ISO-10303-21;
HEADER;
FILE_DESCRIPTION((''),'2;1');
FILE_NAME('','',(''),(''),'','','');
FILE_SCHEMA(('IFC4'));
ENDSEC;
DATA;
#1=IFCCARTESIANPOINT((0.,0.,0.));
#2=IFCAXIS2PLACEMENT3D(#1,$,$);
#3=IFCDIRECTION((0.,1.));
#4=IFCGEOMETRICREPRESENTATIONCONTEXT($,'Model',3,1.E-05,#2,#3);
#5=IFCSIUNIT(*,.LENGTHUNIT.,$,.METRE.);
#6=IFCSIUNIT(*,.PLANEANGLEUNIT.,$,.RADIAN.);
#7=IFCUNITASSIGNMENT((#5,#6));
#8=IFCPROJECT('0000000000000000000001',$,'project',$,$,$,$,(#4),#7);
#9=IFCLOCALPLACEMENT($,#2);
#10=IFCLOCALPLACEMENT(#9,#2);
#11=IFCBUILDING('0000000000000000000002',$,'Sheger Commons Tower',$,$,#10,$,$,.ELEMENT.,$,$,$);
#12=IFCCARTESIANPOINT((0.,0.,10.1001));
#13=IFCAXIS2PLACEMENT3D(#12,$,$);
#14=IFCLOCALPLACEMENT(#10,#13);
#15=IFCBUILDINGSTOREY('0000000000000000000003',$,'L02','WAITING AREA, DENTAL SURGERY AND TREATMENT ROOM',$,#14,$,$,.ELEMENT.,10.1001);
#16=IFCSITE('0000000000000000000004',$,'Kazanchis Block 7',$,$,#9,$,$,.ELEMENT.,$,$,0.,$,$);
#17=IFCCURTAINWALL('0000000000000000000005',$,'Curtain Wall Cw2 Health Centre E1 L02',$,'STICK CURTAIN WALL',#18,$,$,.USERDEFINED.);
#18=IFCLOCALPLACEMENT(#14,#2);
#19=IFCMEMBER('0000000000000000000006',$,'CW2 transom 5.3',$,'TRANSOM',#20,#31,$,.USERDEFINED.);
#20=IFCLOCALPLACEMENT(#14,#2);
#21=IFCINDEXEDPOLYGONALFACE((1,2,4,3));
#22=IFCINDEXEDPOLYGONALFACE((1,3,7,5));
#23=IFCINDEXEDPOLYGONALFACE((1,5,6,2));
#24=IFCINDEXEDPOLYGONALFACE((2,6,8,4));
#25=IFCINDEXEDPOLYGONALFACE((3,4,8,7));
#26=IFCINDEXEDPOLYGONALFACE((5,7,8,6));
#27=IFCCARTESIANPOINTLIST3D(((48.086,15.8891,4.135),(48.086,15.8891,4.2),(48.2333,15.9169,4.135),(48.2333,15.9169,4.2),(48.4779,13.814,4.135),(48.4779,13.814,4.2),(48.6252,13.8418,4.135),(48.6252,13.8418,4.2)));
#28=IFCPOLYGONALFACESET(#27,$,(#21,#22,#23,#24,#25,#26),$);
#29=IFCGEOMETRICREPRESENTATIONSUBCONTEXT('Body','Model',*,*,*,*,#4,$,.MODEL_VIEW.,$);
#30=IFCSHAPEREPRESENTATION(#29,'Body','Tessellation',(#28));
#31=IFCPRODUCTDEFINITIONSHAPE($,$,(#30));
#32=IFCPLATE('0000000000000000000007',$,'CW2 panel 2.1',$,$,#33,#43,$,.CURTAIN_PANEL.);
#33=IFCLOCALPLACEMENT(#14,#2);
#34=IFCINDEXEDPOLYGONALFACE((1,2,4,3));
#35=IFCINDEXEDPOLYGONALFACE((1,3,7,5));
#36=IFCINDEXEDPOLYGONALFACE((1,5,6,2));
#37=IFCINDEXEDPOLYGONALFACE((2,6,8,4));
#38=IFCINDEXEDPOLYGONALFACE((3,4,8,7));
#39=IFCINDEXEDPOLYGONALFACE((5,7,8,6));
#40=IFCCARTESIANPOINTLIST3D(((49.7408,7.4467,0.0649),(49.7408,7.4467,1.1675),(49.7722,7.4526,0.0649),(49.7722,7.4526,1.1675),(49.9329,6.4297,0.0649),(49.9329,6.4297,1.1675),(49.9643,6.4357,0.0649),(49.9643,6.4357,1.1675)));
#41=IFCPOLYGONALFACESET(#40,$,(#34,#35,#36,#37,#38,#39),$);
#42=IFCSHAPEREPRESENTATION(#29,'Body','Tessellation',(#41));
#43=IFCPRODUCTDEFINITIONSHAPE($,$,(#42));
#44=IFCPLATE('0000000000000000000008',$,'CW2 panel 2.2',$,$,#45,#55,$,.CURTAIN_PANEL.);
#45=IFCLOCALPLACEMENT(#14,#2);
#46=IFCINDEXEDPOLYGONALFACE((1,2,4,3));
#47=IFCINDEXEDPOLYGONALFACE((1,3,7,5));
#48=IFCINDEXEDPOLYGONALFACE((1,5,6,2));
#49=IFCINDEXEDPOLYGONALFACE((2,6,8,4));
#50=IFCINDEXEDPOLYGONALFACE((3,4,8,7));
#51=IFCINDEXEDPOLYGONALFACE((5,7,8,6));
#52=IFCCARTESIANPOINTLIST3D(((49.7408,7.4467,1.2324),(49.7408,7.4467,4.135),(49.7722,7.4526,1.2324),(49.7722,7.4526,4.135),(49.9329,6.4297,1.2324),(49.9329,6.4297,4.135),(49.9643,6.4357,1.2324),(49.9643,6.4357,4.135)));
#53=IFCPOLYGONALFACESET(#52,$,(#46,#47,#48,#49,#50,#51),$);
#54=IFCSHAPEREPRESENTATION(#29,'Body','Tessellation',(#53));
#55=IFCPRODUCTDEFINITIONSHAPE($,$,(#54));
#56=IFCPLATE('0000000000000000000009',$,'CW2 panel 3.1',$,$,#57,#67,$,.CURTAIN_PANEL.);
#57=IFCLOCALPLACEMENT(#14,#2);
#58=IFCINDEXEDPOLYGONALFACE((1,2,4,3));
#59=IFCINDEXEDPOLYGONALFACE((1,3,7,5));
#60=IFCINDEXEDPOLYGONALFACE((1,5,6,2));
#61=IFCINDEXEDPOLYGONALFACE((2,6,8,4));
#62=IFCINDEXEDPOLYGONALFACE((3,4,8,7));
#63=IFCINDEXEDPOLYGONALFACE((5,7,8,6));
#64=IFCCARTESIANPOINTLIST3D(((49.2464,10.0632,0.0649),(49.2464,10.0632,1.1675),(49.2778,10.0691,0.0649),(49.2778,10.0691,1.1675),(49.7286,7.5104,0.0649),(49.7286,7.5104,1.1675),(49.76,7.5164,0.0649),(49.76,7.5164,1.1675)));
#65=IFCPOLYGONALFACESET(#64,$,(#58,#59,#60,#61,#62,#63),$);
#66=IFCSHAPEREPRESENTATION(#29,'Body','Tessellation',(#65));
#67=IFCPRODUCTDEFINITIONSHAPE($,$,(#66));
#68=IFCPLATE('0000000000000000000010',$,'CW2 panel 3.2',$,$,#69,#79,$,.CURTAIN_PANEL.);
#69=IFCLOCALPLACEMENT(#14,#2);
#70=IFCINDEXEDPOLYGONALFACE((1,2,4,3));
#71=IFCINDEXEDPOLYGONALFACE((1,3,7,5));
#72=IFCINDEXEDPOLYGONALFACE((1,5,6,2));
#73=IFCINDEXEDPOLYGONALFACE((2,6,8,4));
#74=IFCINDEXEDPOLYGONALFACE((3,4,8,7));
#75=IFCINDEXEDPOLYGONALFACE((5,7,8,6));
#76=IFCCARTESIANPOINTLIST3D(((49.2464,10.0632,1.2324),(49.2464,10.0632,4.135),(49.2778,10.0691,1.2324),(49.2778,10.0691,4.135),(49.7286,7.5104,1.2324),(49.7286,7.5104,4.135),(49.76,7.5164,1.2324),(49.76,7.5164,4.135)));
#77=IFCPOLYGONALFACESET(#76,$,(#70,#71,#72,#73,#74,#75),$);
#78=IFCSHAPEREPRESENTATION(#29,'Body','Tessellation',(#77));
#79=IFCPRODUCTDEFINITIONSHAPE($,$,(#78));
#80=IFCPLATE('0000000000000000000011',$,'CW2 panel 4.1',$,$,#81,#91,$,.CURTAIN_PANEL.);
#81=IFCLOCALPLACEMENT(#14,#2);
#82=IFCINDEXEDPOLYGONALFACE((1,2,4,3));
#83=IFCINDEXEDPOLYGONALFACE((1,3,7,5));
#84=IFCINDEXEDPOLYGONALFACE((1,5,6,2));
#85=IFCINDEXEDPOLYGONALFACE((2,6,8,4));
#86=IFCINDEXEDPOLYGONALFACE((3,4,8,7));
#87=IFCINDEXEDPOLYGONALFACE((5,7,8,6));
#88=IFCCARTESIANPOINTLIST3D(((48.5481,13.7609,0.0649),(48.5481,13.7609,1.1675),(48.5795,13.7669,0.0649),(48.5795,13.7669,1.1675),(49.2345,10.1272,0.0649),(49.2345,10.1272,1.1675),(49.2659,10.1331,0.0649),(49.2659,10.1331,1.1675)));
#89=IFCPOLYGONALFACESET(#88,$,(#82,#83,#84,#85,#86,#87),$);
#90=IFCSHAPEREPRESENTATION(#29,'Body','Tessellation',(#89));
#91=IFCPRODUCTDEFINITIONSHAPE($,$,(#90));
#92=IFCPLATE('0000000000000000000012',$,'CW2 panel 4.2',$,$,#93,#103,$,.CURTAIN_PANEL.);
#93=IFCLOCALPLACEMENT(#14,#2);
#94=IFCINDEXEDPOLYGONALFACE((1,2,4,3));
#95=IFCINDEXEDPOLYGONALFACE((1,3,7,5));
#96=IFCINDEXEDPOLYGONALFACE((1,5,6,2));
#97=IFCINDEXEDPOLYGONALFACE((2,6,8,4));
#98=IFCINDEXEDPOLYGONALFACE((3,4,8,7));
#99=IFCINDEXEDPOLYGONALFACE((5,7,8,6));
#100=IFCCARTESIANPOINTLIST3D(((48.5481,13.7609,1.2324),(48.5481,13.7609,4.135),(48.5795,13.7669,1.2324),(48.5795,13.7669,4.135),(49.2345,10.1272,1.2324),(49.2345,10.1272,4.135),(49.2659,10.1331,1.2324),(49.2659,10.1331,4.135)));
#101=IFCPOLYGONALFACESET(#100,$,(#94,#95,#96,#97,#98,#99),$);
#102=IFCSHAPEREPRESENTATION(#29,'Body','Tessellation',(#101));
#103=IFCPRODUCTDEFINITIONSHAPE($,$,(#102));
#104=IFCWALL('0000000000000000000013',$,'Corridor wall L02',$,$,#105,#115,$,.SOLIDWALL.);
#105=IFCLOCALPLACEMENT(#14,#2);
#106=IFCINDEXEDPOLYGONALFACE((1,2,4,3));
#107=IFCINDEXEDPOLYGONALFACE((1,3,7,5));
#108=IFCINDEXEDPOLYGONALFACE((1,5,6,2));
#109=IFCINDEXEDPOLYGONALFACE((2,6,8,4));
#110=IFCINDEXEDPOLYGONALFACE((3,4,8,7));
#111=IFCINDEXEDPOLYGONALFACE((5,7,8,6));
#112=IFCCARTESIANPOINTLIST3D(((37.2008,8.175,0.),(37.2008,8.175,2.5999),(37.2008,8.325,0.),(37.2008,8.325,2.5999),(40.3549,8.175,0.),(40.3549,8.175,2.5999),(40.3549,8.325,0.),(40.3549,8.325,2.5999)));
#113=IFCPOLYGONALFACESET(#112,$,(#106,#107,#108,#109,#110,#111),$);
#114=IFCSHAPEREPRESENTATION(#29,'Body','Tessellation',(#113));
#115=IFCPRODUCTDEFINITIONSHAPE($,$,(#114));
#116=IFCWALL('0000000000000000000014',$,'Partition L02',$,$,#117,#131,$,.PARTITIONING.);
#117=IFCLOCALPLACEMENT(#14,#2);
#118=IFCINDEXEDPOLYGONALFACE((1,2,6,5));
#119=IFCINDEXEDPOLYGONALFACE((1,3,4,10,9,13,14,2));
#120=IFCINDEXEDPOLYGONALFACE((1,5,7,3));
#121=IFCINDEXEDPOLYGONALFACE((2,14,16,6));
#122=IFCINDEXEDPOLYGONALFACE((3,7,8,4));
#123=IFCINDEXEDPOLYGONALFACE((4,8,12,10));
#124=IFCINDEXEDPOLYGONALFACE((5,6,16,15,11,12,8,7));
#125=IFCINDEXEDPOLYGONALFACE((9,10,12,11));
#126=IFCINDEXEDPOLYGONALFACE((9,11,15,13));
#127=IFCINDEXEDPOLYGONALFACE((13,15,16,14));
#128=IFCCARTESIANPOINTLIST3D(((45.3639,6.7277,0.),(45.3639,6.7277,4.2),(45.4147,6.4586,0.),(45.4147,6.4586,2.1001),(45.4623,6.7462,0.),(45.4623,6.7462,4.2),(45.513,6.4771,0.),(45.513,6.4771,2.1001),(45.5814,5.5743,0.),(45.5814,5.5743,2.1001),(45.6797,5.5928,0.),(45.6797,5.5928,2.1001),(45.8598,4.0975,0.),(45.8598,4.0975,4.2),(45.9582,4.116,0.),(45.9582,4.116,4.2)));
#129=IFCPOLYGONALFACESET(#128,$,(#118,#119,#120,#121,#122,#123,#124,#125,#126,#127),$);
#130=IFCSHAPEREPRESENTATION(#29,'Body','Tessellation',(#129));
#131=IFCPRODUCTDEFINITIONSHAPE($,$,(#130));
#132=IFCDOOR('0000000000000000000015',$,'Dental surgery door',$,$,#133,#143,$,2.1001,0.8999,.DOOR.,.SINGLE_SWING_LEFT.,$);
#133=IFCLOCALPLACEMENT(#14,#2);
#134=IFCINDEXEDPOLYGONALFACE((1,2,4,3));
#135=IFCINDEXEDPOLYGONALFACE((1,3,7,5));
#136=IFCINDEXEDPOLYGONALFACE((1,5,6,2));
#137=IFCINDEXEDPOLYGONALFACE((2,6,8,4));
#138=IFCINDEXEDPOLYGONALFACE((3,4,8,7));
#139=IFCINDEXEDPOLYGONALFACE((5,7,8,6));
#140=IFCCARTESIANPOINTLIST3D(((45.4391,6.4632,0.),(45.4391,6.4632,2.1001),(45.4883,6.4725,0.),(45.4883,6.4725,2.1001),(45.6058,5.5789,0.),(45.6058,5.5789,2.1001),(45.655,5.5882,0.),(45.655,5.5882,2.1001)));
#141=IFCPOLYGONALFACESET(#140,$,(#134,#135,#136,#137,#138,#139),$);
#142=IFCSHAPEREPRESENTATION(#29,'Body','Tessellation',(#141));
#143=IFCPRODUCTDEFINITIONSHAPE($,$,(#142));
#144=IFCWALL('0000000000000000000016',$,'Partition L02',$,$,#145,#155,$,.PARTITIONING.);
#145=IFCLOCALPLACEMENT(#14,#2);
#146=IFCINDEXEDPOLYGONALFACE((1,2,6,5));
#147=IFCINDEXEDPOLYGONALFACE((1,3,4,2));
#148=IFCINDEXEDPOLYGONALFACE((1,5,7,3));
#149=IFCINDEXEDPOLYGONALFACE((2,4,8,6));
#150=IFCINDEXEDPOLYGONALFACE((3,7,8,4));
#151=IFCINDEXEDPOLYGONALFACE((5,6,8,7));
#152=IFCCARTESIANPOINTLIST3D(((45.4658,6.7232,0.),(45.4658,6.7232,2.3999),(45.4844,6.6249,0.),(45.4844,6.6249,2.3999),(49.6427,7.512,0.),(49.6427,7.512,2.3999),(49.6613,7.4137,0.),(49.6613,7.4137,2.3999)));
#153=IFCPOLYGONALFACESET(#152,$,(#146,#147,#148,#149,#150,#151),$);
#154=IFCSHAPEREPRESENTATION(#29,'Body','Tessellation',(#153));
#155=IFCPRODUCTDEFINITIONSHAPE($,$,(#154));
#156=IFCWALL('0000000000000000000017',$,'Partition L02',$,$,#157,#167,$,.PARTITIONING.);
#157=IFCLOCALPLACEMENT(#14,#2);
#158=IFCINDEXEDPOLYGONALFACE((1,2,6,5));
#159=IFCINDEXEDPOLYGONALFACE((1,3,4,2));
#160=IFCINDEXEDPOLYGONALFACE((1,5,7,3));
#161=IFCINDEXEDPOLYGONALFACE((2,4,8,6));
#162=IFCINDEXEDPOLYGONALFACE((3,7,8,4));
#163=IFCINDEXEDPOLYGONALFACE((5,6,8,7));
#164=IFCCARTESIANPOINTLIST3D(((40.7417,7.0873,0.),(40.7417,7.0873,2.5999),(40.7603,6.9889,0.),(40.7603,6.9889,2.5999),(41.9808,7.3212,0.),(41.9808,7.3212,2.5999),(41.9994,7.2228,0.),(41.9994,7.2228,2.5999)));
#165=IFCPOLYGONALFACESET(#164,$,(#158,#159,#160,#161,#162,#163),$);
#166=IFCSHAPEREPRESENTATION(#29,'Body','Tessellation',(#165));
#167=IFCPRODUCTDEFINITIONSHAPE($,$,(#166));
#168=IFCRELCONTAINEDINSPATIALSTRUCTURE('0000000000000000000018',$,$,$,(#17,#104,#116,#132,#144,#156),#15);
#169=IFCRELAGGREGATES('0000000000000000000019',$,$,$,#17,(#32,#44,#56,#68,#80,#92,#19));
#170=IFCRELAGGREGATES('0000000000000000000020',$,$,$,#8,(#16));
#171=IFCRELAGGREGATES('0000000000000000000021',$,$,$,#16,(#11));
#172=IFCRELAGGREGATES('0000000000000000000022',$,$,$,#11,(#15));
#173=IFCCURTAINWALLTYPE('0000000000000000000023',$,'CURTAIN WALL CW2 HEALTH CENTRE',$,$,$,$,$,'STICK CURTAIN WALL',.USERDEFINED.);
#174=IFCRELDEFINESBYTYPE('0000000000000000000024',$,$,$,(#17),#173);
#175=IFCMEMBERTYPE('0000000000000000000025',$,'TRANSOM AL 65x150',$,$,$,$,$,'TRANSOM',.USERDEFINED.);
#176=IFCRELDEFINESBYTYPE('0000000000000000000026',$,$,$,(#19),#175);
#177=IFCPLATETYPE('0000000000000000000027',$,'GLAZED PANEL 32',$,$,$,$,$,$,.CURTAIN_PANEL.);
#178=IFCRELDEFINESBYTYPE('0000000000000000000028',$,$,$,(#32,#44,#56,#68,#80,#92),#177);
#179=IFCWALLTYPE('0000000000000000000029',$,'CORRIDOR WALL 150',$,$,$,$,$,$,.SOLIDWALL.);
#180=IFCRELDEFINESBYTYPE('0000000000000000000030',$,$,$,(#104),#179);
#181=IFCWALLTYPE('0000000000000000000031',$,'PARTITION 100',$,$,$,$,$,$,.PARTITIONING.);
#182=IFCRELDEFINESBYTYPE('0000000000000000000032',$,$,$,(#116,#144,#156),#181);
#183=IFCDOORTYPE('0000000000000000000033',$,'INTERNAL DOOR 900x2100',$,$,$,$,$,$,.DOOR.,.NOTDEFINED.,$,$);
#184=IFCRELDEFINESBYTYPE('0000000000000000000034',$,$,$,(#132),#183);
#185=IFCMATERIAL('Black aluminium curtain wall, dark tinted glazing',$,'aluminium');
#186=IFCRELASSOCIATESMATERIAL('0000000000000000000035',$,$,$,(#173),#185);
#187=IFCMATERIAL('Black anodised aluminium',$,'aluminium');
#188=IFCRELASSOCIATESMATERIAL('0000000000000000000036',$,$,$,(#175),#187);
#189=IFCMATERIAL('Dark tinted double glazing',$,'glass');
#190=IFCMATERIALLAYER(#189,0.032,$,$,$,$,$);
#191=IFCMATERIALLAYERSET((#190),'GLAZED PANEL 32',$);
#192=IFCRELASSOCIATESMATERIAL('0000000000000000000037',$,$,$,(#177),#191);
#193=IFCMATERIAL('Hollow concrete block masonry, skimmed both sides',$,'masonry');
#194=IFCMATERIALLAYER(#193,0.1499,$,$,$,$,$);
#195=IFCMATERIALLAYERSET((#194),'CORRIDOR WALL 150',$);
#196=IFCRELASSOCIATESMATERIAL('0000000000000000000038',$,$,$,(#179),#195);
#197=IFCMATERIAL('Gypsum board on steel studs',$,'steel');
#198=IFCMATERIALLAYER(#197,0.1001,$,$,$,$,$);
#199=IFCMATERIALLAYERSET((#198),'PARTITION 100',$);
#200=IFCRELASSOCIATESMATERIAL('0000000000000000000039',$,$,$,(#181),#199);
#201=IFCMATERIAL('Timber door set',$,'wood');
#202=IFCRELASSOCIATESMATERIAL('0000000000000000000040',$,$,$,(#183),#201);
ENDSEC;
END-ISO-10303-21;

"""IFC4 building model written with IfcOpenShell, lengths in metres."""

from ifc_helpers import new_model, si_unit, direction, frame, frame_2d, origin, origin_2d, place, context, subcontext, project, spatial, rectangle, extrude, material, layer, layer_set, material_profile, profile_set, type_object, element, fill, aggregate, save


model = new_model("IFC4")

# Units and contexts
model_context = context("Model", 3, precision=1e-05, world=origin(), true_north=direction((0.0, 1.0)))
body_context = subcontext(model_context, "Body", "Model", "MODEL_VIEW")
ifc_project = project(units=[si_unit("LENGTHUNIT", "METRE"), si_unit("PLANEANGLEUNIT", "RADIAN")], contexts=[model_context])

# Site, building, storey
site_placement = place(None, origin())
site = spatial("IfcSite", under=ifc_project, at=site_placement, Name="Kazanchis Block 7", CompositionType="ELEMENT", RefElevation=0.0)
building_placement = place(site_placement, origin())
building = spatial("IfcBuilding", under=site, at=building_placement, Name="Sheger Commons Tower", CompositionType="ELEMENT")
storey_placement = place(building_placement, frame((0.0, 0.0, 10.1001)))
storey = spatial("IfcBuildingStorey", under=building, at=storey_placement, Name="L02", Description="WAITING AREA, DENTAL SURGERY AND TREATMENT ROOM", CompositionType="ELEMENT", Elevation=10.1001)

# Curtain wall, member, plates
ifc_material_1 = material(Name="Black aluminium curtain wall, dark tinted glazing", Category="aluminium")
curtain_wall_type = type_object("IfcCurtainWallType", Name="CURTAIN WALL CW2 HEALTH CENTRE", ElementType="STICK CURTAIN WALL", PredefinedType="USERDEFINED", material=ifc_material_1)
curtain_wall_placement = place(storey_placement, origin())
curtain_wall = element("IfcCurtainWall", 1, at=curtain_wall_placement, inside=storey, type_object=curtain_wall_type, Name="Curtain Wall Cw2 Health Centre E1 L02", ObjectType="STICK CURTAIN WALL", PredefinedType="USERDEFINED")
ifc_material_2 = material(Name="Black anodised aluminium", Category="aluminium")
ifc_material_profile_1 = material_profile(ifc_material_2, rectangle(XDim=0.1499, YDim=0.0649, at=origin_2d()), Name="AL 65x150")
ifc_profile_set_1 = profile_set([ifc_material_profile_1], Name="Black anodised aluminium")
member_type_1 = type_object("IfcMemberType", Name="TRANSOM AL 65x150", ElementType="TRANSOM", PredefinedType="USERDEFINED", material=ifc_profile_set_1)
member_1_placement = place(storey_placement, frame((48.5515, 13.8279, 4.1675), z_axis=(-0.185545, 0.982636, 0.0), x_axis=(-0.982636, -0.185545, 0.0)))
member_1 = element("IfcMember", 2, at=member_1_placement, type_object=member_type_1, Name="CW2 transom 5.3", ObjectType="TRANSOM", PredefinedType="USERDEFINED", context=body_context, shape_type="SweptSolid", body=[
    extrude(rectangle(XDim=0.1499, YDim=0.0649, at=origin_2d()), origin(), (0.0, 0.0, 1.0), 2.1118),
])
ifc_material_3 = material(Name="Dark tinted double glazing", Category="glass")
ifc_layer_1 = layer(ifc_material_3, 0.032)
ifc_layer_set_1 = layer_set([ifc_layer_1], Name="GLAZED PANEL 32")
plate_type = type_object("IfcPlateType", Name="GLAZED PANEL 32", PredefinedType="CURTAIN_PANEL", material=ifc_layer_set_1)
plate_1_placement = place(storey_placement, frame((49.8525, 6.9412, 0.0649), z_axis=(0.0, 0.0, 1.0), x_axis=(-0.18561, 0.982624, 0.0)))
plate_1 = element("IfcPlate", 3, at=plate_1_placement, type_object=plate_type, Name="CW2 panel 2.1", PredefinedType="CURTAIN_PANEL", context=body_context, shape_type="SweptSolid", body=[
    extrude(rectangle(XDim=1.0349, YDim=0.032, at=origin_2d()), origin(), (0.0, 0.0, 1.0), 1.1025),
])
plate_2_placement = place(storey_placement, frame((49.8525, 6.9412, 1.2324), z_axis=(0.0, 0.0, 1.0), x_axis=(-0.18561, 0.982624, 0.0)))
plate_2 = element("IfcPlate", 4, at=plate_2_placement, type_object=plate_type, Name="CW2 panel 2.2", PredefinedType="CURTAIN_PANEL", context=body_context, shape_type="SweptSolid", body=[
    extrude(rectangle(XDim=1.0349, YDim=0.032, at=origin_2d()), origin(), (0.0, 0.0, 1.0), 2.9026),
])
plate_3_placement = place(storey_placement, frame((49.5032, 8.7898, 0.0649), z_axis=(0.0, 0.0, 1.0), x_axis=(-0.18561, 0.982624, 0.0)))
plate_3 = element("IfcPlate", 5, at=plate_3_placement, type_object=plate_type, Name="CW2 panel 3.1", PredefinedType="CURTAIN_PANEL", context=body_context, shape_type="SweptSolid", body=[
    extrude(rectangle(XDim=2.5979, YDim=0.032, at=origin_2d()), origin(), (0.0, 0.0, 1.0), 1.1025),
])
plate_4_placement = place(storey_placement, frame((49.5032, 8.7898, 1.2324), z_axis=(0.0, 0.0, 1.0), x_axis=(-0.18561, 0.982624, 0.0)))
plate_4 = element("IfcPlate", 6, at=plate_4_placement, type_object=plate_type, Name="CW2 panel 3.2", PredefinedType="CURTAIN_PANEL", context=body_context, shape_type="SweptSolid", body=[
    extrude(rectangle(XDim=2.5979, YDim=0.032, at=origin_2d()), origin(), (0.0, 0.0, 1.0), 2.9026),
])
plate_5_placement = place(storey_placement, frame((48.907, 11.947, 0.0649), z_axis=(0.0, 0.0, 1.0), x_axis=(-0.18561, 0.982624, 0.0)))
plate_5 = element("IfcPlate", 7, at=plate_5_placement, type_object=plate_type, Name="CW2 panel 4.1", PredefinedType="CURTAIN_PANEL", context=body_context, shape_type="SweptSolid", body=[
    extrude(rectangle(XDim=3.698, YDim=0.032, at=origin_2d()), origin(), (0.0, 0.0, 1.0), 1.1025),
])
plate_6_placement = place(storey_placement, frame((48.907, 11.947, 1.2324), z_axis=(0.0, 0.0, 1.0), x_axis=(-0.18561, 0.982624, 0.0)))
plate_6 = element("IfcPlate", 8, at=plate_6_placement, type_object=plate_type, Name="CW2 panel 4.2", PredefinedType="CURTAIN_PANEL", context=body_context, shape_type="SweptSolid", body=[
    extrude(rectangle(XDim=3.698, YDim=0.032, at=origin_2d()), origin(), (0.0, 0.0, 1.0), 2.9026),
])
aggregate(curtain_wall, [plate_1, plate_2, plate_3, plate_4, plate_5, plate_6, member_1])

# Wall
ifc_material_4 = material(Name="Hollow concrete block masonry, skimmed both sides", Category="masonry")
ifc_layer_2 = layer(ifc_material_4, 0.1499)
ifc_layer_set_2 = layer_set([ifc_layer_2], Name="CORRIDOR WALL 150")
wall_type_1 = type_object("IfcWallType", Name="CORRIDOR WALL 150", PredefinedType="SOLIDWALL", material=ifc_layer_set_2)
wall_1_placement = place(storey_placement, frame((40.355, 8.25, 0.0), z_axis=(0.0, 0.0, 1.0), x_axis=(-1.0, 0.0, 0.0)))
element("IfcWall", 9, at=wall_1_placement, inside=storey, type_object=wall_type_1, Name="Corridor wall L02", PredefinedType="SOLIDWALL", context=body_context, shape_type="SweptSolid", body=[
    extrude(rectangle(XDim=3.1541, YDim=0.1499, at=frame_2d((1.5771, 0.0))), origin(), (0.0, 0.0, 1.0), 2.5999),
])

# Wall, opening, door
ifc_material_5 = material(Name="Gypsum board on steel studs", Category="steel")
ifc_layer_3 = layer(ifc_material_5, 0.1001)
ifc_layer_set_3 = layer_set([ifc_layer_3], Name="PARTITION 100")
wall_type_2 = type_object("IfcWallType", Name="PARTITION 100", PredefinedType="PARTITIONING", material=ifc_layer_set_3)
wall_2_placement = place(storey_placement, frame((45.4131, 6.7371, 0.0), z_axis=(0.0, 0.0, 1.0), x_axis=(0.185263, -0.982689, 0.0)))
wall_2 = element("IfcWall", 10, at=wall_2_placement, inside=storey, type_object=wall_type_2, Name="Partition L02", PredefinedType="PARTITIONING", context=body_context, shape_type="SweptSolid", body=[
    extrude(rectangle(XDim=2.6765, YDim=0.1001, at=frame_2d((1.3384, 0.0))), origin(), (0.0, 0.0, 1.0), 4.2),
])
opening_placement = place(wall_2_placement, frame((0.2739, 0.0, 0.0)))
opening = element("IfcOpeningElement", 11, at=opening_placement, cuts=wall_2, PredefinedType="OPENING", context=body_context, shape_type="SweptSolid", body=[
    extrude(rectangle(XDim=0.8999, YDim=2.1001, at=frame_2d((0.45, 1.05))), frame((0.0, 0.0601, 0.0), z_axis=(0.0, -1.0, 0.0), x_axis=(1.0, 0.0, 0.0)), (0.0, 0.0, 1.0), 0.1201),
])
ifc_material_6 = material(Name="Timber door set", Category="wood")
door_type = type_object("IfcDoorType", Name="INTERNAL DOOR 900x2100", OperationType="NOTDEFINED", PredefinedType="DOOR", material=ifc_material_6)
door_placement = place(opening_placement, origin())
door = element("IfcDoor", 12, at=door_placement, inside=storey, type_object=door_type, Name="Dental surgery door", OperationType="SINGLE_SWING_LEFT", OverallHeight=2.1001, OverallWidth=0.8999, PredefinedType="DOOR", context=body_context, shape_type="SweptSolid", body=[
    extrude(rectangle(XDim=0.8999, YDim=2.1001, at=frame_2d((0.45, 1.05))), frame((0.0, 0.0249, 0.0), z_axis=(0.0, -1.0, 0.0), x_axis=(1.0, 0.0, 0.0)), (0.0, 0.0, 1.0), 0.05),
])
fill(opening, door)

# Walls
wall_3_placement = place(storey_placement, frame((49.6521, 7.4629, 0.0), z_axis=(0.0, 0.0, 1.0), x_axis=(-0.982631, -0.185568, 0.0)))
element("IfcWall", 13, at=wall_3_placement, inside=storey, type_object=wall_type_2, Name="Partition L02", PredefinedType="PARTITIONING", context=body_context, shape_type="SweptSolid", body=[
    extrude(rectangle(XDim=4.2507, YDim=0.1001, at=frame_2d((2.1255, 0.0))), origin(), (0.0, 0.0, 1.0), 2.3999),
])
wall_4_placement = place(storey_placement, frame((41.99, 7.272, 0.0), z_axis=(0.0, 0.0, 1.0), x_axis=(-0.982646, -0.185493, 0.0)))
element("IfcWall", 14, at=wall_4_placement, inside=storey, type_object=wall_type_2, Name="Partition L02", PredefinedType="PARTITIONING", context=body_context, shape_type="SweptSolid", body=[
    extrude(rectangle(XDim=1.261, YDim=0.1001, at=frame_2d((0.6304, 0.0))), origin(), (0.0, 0.0, 1.0), 2.5999),
])

save(model, "model.ifc")
